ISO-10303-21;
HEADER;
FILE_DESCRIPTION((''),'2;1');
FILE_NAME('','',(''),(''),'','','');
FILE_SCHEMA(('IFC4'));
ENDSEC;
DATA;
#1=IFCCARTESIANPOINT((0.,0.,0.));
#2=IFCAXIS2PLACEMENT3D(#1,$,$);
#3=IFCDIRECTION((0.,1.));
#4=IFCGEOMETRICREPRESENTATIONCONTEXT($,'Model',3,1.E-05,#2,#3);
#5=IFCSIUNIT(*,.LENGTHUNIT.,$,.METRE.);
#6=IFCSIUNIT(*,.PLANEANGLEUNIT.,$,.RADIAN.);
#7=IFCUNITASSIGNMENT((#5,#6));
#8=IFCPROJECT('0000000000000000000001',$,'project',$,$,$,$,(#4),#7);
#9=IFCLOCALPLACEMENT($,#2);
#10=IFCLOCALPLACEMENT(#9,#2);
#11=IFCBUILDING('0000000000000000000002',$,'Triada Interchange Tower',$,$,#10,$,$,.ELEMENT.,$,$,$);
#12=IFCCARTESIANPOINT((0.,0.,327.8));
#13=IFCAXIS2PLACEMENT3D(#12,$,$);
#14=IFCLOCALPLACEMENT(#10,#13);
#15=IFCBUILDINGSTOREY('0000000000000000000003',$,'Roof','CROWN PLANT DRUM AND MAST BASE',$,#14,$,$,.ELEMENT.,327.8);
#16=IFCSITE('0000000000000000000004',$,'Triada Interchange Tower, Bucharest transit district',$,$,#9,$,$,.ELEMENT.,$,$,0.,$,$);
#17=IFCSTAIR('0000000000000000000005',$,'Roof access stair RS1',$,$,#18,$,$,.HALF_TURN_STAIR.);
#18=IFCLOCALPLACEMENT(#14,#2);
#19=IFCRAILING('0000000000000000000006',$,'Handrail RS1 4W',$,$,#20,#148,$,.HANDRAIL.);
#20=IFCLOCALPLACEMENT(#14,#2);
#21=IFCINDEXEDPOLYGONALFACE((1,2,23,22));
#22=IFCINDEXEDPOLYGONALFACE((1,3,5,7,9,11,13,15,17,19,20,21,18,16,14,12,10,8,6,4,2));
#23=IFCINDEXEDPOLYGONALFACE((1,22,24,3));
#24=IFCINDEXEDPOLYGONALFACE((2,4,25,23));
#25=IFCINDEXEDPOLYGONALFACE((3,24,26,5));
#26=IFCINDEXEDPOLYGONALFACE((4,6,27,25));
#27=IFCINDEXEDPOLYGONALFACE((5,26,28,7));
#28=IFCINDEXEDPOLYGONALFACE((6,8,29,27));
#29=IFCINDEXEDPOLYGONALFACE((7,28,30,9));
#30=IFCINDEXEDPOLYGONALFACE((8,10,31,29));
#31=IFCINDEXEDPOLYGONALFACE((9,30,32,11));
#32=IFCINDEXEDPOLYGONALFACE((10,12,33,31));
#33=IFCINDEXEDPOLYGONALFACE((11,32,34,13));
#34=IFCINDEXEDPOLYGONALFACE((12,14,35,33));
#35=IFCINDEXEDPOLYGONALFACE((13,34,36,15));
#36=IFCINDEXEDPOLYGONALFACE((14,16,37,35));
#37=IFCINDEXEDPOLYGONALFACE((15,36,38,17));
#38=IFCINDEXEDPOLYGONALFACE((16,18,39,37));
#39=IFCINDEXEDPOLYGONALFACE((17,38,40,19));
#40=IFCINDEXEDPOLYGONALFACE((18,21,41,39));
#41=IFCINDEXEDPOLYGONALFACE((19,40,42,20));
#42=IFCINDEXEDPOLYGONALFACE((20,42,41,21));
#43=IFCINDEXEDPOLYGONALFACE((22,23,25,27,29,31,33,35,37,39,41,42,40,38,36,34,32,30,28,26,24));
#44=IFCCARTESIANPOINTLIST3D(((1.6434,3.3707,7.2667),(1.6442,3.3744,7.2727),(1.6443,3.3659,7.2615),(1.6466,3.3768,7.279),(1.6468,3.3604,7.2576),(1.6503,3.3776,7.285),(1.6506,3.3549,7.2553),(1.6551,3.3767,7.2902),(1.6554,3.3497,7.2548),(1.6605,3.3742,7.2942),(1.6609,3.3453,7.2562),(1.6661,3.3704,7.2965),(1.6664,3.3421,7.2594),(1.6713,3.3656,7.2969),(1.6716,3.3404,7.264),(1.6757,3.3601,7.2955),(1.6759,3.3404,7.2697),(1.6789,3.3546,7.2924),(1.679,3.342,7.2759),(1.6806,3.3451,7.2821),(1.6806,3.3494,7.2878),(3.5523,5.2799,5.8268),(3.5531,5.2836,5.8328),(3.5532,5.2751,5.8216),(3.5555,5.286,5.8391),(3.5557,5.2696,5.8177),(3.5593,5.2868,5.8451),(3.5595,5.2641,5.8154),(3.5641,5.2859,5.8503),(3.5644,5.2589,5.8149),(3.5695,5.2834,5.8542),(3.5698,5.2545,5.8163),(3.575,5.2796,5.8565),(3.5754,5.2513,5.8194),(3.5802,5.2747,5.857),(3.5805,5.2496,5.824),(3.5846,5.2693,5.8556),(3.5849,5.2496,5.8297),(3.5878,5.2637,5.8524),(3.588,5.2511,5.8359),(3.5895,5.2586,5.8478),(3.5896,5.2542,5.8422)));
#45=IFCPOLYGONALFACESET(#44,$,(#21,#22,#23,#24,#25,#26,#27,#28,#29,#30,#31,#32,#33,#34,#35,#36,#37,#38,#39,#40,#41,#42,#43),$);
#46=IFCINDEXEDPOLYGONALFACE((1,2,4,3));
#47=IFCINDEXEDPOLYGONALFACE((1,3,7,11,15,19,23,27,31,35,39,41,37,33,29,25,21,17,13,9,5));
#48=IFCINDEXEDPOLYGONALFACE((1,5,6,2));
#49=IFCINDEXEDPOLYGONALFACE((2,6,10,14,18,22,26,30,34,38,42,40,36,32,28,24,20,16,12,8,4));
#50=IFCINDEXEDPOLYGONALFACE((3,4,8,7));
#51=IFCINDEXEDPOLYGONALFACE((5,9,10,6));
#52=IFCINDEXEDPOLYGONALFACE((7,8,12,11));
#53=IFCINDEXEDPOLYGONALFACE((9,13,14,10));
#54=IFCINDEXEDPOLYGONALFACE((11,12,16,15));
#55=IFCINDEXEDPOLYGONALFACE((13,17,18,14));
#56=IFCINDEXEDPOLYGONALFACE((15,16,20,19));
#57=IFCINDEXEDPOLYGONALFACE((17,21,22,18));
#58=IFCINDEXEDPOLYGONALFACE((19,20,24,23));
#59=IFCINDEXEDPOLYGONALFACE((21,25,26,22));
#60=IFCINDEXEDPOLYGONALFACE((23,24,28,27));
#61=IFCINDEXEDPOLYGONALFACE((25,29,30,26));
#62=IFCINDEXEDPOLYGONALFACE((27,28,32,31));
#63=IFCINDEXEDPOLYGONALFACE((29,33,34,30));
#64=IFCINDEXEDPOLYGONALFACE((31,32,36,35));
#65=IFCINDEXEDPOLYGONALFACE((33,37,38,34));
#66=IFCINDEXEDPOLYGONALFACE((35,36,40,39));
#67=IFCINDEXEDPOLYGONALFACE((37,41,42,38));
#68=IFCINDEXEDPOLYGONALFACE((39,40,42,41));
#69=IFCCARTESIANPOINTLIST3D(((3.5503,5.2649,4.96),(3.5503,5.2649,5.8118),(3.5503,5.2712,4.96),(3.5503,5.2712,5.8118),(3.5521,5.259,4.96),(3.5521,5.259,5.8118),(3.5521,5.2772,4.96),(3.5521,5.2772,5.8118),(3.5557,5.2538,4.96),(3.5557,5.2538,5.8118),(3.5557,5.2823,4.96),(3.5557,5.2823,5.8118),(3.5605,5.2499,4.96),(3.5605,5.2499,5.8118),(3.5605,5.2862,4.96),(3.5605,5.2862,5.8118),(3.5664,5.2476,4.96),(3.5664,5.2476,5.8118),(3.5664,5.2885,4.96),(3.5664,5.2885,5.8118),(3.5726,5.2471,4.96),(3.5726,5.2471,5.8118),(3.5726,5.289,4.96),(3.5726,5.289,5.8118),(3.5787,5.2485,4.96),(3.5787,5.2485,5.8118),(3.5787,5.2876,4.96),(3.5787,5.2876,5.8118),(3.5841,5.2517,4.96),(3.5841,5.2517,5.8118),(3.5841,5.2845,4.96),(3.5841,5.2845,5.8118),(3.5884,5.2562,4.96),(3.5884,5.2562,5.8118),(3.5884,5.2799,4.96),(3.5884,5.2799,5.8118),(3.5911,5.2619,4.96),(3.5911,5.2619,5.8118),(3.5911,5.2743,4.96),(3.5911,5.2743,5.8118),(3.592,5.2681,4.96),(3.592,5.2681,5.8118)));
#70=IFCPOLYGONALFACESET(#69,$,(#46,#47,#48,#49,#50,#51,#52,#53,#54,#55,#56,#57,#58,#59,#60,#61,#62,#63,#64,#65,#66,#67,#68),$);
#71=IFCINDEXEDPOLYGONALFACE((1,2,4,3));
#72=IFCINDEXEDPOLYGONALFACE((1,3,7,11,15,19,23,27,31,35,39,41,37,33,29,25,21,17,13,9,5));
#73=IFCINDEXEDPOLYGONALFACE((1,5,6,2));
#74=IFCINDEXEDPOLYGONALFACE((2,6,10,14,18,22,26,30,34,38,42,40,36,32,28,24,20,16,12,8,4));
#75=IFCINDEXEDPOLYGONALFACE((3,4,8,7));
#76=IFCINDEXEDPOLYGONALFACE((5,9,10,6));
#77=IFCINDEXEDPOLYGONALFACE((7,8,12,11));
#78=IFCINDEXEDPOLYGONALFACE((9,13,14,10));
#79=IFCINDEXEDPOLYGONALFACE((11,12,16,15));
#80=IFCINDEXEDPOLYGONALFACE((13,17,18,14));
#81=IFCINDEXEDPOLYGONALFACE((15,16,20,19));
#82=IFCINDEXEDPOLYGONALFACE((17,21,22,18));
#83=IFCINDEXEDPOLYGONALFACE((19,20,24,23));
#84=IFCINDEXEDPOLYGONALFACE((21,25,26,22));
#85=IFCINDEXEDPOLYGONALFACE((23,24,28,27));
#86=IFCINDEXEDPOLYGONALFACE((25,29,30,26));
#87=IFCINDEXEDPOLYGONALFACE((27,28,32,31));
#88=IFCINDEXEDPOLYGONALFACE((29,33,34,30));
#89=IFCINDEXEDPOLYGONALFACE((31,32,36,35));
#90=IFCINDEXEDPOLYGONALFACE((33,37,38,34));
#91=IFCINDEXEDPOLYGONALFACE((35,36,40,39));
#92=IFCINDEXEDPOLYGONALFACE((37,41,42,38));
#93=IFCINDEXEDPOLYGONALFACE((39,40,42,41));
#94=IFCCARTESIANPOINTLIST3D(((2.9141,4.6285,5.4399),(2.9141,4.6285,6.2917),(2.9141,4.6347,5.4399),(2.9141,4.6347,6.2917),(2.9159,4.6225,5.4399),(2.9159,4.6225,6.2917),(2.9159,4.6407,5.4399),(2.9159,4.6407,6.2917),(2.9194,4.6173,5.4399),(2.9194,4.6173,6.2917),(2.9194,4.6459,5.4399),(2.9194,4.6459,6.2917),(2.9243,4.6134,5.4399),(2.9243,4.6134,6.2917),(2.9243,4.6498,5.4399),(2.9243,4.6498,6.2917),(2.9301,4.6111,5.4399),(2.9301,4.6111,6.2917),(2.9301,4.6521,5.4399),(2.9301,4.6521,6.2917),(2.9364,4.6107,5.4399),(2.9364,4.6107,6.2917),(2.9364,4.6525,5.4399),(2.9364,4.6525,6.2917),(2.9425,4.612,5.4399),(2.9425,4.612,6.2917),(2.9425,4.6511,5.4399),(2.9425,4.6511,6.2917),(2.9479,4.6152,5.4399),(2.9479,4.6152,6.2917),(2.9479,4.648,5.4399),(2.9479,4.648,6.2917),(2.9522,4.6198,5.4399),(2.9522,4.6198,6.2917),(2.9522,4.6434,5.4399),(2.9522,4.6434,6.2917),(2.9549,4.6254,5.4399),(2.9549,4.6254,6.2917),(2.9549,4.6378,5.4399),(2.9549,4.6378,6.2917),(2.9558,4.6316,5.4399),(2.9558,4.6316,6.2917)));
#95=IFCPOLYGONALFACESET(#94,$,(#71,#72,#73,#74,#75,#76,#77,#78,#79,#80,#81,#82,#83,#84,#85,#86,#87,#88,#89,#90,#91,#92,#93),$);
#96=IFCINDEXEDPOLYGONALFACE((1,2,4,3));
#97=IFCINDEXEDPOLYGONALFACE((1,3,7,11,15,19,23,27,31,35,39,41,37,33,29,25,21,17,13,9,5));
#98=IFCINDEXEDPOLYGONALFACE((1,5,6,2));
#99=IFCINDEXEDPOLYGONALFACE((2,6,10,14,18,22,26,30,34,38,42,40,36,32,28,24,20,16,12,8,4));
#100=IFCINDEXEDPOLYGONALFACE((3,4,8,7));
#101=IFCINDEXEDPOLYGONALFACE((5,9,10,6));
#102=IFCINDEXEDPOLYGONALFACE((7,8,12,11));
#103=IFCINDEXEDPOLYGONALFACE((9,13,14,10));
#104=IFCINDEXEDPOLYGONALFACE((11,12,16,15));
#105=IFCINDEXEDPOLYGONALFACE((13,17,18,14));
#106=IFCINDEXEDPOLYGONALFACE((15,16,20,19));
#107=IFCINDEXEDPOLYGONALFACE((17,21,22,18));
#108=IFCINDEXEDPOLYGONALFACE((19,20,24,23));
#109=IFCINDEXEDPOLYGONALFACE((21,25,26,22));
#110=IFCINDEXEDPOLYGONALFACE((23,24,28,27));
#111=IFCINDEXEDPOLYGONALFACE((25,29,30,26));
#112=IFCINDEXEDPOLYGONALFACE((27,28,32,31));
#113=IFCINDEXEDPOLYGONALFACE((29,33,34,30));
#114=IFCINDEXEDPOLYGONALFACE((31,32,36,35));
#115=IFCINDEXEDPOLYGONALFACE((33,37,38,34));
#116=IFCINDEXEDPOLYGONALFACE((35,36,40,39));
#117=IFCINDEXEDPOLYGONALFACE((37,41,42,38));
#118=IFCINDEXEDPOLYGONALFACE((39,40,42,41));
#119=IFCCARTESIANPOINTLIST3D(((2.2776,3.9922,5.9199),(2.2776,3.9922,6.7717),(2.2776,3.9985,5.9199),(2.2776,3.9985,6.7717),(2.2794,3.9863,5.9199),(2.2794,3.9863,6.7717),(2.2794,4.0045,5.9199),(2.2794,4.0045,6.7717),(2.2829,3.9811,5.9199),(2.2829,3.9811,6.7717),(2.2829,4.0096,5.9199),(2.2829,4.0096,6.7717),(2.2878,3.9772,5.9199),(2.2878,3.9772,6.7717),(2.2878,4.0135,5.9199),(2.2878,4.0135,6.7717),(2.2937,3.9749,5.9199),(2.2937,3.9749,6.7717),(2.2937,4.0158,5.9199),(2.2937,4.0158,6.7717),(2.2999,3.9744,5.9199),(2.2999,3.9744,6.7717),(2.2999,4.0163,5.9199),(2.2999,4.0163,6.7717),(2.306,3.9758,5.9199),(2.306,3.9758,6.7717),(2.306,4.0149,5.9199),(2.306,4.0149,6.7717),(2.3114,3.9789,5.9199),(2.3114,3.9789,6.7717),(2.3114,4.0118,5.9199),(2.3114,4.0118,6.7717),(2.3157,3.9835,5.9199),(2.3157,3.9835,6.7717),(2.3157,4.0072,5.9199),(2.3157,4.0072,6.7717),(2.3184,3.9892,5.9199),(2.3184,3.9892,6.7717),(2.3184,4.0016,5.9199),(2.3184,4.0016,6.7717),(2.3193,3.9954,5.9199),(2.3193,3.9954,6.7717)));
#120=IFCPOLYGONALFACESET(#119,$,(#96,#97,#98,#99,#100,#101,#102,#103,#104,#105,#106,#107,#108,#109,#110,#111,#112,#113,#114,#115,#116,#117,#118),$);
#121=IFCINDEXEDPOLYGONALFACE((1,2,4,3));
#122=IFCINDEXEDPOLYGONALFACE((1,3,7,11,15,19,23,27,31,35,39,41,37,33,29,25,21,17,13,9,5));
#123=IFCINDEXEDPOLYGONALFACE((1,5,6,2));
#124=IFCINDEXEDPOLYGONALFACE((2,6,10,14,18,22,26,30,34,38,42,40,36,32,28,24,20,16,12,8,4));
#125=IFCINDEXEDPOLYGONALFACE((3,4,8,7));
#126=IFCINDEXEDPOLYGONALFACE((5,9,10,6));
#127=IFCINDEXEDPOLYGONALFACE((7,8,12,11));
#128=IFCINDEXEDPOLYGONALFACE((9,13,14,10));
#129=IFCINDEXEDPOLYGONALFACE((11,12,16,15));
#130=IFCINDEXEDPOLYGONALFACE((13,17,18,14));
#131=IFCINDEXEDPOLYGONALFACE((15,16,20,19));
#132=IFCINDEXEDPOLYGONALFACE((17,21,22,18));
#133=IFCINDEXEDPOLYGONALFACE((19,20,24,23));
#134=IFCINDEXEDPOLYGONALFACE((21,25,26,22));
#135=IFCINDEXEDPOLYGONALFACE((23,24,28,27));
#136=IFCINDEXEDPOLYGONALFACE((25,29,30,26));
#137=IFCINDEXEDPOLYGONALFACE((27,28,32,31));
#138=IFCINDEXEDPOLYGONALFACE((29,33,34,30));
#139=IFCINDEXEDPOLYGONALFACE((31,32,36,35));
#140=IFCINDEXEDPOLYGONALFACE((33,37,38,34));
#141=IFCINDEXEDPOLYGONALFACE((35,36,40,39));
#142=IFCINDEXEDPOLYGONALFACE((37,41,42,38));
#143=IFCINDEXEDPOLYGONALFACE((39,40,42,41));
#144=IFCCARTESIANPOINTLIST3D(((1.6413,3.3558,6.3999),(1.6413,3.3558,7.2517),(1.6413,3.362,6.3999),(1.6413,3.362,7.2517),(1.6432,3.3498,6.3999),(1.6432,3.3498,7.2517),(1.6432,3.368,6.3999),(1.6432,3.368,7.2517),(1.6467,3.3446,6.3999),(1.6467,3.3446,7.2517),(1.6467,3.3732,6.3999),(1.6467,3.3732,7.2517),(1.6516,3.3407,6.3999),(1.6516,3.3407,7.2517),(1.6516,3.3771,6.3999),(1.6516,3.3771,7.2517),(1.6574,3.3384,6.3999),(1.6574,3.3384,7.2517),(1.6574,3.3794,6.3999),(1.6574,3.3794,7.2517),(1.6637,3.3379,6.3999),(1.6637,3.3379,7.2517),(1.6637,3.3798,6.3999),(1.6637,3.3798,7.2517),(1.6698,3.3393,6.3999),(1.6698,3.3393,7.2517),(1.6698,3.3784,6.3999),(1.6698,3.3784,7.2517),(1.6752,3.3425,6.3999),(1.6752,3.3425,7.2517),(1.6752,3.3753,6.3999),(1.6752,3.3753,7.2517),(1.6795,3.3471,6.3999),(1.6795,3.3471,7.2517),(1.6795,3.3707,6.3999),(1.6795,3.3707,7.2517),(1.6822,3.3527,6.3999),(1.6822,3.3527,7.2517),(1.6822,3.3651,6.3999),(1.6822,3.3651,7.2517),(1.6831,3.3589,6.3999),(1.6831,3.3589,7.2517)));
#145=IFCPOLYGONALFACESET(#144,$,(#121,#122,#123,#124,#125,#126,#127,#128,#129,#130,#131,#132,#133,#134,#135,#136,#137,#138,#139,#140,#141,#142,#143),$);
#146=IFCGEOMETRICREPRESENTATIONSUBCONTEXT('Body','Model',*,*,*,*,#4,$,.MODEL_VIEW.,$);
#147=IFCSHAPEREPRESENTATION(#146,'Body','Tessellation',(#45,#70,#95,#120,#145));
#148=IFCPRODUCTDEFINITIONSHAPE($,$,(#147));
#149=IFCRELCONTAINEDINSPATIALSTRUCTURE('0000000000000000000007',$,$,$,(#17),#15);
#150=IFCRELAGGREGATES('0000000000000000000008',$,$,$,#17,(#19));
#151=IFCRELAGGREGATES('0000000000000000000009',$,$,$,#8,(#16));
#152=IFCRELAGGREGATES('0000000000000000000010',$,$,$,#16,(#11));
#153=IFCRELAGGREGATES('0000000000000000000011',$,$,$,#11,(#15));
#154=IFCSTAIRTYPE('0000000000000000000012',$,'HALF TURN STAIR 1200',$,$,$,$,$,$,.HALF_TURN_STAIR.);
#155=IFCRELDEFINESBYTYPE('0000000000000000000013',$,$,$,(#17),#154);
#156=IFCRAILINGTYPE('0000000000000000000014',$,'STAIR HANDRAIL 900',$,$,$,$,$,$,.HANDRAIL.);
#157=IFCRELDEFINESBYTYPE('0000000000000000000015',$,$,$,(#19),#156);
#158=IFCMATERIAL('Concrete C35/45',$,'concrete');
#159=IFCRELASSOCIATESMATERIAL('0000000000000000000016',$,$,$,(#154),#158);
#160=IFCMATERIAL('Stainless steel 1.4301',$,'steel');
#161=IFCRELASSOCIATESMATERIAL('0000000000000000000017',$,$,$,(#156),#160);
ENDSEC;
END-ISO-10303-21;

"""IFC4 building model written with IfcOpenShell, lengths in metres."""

from ifc_helpers import new_model, si_unit, direction, frame, origin, origin_2d, place, context, subcontext, project, spatial, circle, extrude, material, type_object, element, aggregate, save


model = new_model("IFC4")

# Units and contexts
model_context = context("Model", 3, precision=1e-05, world=origin(), true_north=direction((0.0, 1.0)))
body_context = subcontext(model_context, "Body", "Model", "MODEL_VIEW")
ifc_project = project(units=[si_unit("LENGTHUNIT", "METRE"), si_unit("PLANEANGLEUNIT", "RADIAN")], contexts=[model_context])

# Site, building, storey
site_placement = place(None, origin())
site = spatial("IfcSite", under=ifc_project, at=site_placement, Name="Triada Interchange Tower, Bucharest transit district", CompositionType="ELEMENT", RefElevation=0.0)
building_placement = place(site_placement, origin())
building = spatial("IfcBuilding", under=site, at=building_placement, Name="Triada Interchange Tower", CompositionType="ELEMENT")
storey_placement = place(building_placement, frame((0.0, 0.0, 327.8)))
storey = spatial("IfcBuildingStorey", under=building, at=storey_placement, Name="Roof", Description="CROWN PLANT DRUM AND MAST BASE", CompositionType="ELEMENT", Elevation=327.8)

# Stair
ifc_material_1 = material(Name="Concrete C35/45", Category="concrete")
stair_type = type_object("IfcStairType", Name="HALF TURN STAIR 1200", PredefinedType="HALF_TURN_STAIR", material=ifc_material_1)
stair_placement = place(storey_placement, origin())
stair = element("IfcStair", 1, at=stair_placement, inside=storey, type_object=stair_type, Name="Roof access stair RS1", PredefinedType="HALF_TURN_STAIR")

# Railing
ifc_material_2 = material(Name="Stainless steel 1.4301", Category="steel")
railing_type_1 = type_object("IfcRailingType", Name="STAIR HANDRAIL 900", PredefinedType="HANDRAIL", material=ifc_material_2)
railing_1_placement = place(storey_placement, frame((3.571, 5.2681, 4.96)))
railing_1 = element("IfcRailing", 2, at=railing_1_placement, type_object=railing_type_1, Name="Handrail RS1 4W", PredefinedType="HANDRAIL", context=body_context, shape_type="SweptSolid", body=[
    extrude(circle(Radius=0.0239, at=origin_2d()), frame((0.0, 0.0, 0.876), z_axis=(-0.623874, -0.623954, 0.470598), x_axis=(0.707152, -0.707062, 0.0)), (0.0, 0.0, 1.0), 3.0598),
    extrude(circle(Radius=0.021, at=origin_2d()), origin(), (0.0, 0.0, 1.0), 0.8518),
    extrude(circle(Radius=0.021, at=origin_2d()), frame((-0.6362, -0.6365, 0.48)), (0.0, 0.0, 1.0), 0.8518),
    extrude(circle(Radius=0.021, at=origin_2d()), frame((-1.2727, -1.2727, 0.96)), (0.0, 0.0, 1.0), 0.8518),
    extrude(circle(Radius=0.021, at=origin_2d()), frame((-1.9089, -1.9092, 1.4399)), (0.0, 0.0, 1.0), 0.8518),
])
aggregate(stair, [railing_1])

save(model, "model.ifc")
